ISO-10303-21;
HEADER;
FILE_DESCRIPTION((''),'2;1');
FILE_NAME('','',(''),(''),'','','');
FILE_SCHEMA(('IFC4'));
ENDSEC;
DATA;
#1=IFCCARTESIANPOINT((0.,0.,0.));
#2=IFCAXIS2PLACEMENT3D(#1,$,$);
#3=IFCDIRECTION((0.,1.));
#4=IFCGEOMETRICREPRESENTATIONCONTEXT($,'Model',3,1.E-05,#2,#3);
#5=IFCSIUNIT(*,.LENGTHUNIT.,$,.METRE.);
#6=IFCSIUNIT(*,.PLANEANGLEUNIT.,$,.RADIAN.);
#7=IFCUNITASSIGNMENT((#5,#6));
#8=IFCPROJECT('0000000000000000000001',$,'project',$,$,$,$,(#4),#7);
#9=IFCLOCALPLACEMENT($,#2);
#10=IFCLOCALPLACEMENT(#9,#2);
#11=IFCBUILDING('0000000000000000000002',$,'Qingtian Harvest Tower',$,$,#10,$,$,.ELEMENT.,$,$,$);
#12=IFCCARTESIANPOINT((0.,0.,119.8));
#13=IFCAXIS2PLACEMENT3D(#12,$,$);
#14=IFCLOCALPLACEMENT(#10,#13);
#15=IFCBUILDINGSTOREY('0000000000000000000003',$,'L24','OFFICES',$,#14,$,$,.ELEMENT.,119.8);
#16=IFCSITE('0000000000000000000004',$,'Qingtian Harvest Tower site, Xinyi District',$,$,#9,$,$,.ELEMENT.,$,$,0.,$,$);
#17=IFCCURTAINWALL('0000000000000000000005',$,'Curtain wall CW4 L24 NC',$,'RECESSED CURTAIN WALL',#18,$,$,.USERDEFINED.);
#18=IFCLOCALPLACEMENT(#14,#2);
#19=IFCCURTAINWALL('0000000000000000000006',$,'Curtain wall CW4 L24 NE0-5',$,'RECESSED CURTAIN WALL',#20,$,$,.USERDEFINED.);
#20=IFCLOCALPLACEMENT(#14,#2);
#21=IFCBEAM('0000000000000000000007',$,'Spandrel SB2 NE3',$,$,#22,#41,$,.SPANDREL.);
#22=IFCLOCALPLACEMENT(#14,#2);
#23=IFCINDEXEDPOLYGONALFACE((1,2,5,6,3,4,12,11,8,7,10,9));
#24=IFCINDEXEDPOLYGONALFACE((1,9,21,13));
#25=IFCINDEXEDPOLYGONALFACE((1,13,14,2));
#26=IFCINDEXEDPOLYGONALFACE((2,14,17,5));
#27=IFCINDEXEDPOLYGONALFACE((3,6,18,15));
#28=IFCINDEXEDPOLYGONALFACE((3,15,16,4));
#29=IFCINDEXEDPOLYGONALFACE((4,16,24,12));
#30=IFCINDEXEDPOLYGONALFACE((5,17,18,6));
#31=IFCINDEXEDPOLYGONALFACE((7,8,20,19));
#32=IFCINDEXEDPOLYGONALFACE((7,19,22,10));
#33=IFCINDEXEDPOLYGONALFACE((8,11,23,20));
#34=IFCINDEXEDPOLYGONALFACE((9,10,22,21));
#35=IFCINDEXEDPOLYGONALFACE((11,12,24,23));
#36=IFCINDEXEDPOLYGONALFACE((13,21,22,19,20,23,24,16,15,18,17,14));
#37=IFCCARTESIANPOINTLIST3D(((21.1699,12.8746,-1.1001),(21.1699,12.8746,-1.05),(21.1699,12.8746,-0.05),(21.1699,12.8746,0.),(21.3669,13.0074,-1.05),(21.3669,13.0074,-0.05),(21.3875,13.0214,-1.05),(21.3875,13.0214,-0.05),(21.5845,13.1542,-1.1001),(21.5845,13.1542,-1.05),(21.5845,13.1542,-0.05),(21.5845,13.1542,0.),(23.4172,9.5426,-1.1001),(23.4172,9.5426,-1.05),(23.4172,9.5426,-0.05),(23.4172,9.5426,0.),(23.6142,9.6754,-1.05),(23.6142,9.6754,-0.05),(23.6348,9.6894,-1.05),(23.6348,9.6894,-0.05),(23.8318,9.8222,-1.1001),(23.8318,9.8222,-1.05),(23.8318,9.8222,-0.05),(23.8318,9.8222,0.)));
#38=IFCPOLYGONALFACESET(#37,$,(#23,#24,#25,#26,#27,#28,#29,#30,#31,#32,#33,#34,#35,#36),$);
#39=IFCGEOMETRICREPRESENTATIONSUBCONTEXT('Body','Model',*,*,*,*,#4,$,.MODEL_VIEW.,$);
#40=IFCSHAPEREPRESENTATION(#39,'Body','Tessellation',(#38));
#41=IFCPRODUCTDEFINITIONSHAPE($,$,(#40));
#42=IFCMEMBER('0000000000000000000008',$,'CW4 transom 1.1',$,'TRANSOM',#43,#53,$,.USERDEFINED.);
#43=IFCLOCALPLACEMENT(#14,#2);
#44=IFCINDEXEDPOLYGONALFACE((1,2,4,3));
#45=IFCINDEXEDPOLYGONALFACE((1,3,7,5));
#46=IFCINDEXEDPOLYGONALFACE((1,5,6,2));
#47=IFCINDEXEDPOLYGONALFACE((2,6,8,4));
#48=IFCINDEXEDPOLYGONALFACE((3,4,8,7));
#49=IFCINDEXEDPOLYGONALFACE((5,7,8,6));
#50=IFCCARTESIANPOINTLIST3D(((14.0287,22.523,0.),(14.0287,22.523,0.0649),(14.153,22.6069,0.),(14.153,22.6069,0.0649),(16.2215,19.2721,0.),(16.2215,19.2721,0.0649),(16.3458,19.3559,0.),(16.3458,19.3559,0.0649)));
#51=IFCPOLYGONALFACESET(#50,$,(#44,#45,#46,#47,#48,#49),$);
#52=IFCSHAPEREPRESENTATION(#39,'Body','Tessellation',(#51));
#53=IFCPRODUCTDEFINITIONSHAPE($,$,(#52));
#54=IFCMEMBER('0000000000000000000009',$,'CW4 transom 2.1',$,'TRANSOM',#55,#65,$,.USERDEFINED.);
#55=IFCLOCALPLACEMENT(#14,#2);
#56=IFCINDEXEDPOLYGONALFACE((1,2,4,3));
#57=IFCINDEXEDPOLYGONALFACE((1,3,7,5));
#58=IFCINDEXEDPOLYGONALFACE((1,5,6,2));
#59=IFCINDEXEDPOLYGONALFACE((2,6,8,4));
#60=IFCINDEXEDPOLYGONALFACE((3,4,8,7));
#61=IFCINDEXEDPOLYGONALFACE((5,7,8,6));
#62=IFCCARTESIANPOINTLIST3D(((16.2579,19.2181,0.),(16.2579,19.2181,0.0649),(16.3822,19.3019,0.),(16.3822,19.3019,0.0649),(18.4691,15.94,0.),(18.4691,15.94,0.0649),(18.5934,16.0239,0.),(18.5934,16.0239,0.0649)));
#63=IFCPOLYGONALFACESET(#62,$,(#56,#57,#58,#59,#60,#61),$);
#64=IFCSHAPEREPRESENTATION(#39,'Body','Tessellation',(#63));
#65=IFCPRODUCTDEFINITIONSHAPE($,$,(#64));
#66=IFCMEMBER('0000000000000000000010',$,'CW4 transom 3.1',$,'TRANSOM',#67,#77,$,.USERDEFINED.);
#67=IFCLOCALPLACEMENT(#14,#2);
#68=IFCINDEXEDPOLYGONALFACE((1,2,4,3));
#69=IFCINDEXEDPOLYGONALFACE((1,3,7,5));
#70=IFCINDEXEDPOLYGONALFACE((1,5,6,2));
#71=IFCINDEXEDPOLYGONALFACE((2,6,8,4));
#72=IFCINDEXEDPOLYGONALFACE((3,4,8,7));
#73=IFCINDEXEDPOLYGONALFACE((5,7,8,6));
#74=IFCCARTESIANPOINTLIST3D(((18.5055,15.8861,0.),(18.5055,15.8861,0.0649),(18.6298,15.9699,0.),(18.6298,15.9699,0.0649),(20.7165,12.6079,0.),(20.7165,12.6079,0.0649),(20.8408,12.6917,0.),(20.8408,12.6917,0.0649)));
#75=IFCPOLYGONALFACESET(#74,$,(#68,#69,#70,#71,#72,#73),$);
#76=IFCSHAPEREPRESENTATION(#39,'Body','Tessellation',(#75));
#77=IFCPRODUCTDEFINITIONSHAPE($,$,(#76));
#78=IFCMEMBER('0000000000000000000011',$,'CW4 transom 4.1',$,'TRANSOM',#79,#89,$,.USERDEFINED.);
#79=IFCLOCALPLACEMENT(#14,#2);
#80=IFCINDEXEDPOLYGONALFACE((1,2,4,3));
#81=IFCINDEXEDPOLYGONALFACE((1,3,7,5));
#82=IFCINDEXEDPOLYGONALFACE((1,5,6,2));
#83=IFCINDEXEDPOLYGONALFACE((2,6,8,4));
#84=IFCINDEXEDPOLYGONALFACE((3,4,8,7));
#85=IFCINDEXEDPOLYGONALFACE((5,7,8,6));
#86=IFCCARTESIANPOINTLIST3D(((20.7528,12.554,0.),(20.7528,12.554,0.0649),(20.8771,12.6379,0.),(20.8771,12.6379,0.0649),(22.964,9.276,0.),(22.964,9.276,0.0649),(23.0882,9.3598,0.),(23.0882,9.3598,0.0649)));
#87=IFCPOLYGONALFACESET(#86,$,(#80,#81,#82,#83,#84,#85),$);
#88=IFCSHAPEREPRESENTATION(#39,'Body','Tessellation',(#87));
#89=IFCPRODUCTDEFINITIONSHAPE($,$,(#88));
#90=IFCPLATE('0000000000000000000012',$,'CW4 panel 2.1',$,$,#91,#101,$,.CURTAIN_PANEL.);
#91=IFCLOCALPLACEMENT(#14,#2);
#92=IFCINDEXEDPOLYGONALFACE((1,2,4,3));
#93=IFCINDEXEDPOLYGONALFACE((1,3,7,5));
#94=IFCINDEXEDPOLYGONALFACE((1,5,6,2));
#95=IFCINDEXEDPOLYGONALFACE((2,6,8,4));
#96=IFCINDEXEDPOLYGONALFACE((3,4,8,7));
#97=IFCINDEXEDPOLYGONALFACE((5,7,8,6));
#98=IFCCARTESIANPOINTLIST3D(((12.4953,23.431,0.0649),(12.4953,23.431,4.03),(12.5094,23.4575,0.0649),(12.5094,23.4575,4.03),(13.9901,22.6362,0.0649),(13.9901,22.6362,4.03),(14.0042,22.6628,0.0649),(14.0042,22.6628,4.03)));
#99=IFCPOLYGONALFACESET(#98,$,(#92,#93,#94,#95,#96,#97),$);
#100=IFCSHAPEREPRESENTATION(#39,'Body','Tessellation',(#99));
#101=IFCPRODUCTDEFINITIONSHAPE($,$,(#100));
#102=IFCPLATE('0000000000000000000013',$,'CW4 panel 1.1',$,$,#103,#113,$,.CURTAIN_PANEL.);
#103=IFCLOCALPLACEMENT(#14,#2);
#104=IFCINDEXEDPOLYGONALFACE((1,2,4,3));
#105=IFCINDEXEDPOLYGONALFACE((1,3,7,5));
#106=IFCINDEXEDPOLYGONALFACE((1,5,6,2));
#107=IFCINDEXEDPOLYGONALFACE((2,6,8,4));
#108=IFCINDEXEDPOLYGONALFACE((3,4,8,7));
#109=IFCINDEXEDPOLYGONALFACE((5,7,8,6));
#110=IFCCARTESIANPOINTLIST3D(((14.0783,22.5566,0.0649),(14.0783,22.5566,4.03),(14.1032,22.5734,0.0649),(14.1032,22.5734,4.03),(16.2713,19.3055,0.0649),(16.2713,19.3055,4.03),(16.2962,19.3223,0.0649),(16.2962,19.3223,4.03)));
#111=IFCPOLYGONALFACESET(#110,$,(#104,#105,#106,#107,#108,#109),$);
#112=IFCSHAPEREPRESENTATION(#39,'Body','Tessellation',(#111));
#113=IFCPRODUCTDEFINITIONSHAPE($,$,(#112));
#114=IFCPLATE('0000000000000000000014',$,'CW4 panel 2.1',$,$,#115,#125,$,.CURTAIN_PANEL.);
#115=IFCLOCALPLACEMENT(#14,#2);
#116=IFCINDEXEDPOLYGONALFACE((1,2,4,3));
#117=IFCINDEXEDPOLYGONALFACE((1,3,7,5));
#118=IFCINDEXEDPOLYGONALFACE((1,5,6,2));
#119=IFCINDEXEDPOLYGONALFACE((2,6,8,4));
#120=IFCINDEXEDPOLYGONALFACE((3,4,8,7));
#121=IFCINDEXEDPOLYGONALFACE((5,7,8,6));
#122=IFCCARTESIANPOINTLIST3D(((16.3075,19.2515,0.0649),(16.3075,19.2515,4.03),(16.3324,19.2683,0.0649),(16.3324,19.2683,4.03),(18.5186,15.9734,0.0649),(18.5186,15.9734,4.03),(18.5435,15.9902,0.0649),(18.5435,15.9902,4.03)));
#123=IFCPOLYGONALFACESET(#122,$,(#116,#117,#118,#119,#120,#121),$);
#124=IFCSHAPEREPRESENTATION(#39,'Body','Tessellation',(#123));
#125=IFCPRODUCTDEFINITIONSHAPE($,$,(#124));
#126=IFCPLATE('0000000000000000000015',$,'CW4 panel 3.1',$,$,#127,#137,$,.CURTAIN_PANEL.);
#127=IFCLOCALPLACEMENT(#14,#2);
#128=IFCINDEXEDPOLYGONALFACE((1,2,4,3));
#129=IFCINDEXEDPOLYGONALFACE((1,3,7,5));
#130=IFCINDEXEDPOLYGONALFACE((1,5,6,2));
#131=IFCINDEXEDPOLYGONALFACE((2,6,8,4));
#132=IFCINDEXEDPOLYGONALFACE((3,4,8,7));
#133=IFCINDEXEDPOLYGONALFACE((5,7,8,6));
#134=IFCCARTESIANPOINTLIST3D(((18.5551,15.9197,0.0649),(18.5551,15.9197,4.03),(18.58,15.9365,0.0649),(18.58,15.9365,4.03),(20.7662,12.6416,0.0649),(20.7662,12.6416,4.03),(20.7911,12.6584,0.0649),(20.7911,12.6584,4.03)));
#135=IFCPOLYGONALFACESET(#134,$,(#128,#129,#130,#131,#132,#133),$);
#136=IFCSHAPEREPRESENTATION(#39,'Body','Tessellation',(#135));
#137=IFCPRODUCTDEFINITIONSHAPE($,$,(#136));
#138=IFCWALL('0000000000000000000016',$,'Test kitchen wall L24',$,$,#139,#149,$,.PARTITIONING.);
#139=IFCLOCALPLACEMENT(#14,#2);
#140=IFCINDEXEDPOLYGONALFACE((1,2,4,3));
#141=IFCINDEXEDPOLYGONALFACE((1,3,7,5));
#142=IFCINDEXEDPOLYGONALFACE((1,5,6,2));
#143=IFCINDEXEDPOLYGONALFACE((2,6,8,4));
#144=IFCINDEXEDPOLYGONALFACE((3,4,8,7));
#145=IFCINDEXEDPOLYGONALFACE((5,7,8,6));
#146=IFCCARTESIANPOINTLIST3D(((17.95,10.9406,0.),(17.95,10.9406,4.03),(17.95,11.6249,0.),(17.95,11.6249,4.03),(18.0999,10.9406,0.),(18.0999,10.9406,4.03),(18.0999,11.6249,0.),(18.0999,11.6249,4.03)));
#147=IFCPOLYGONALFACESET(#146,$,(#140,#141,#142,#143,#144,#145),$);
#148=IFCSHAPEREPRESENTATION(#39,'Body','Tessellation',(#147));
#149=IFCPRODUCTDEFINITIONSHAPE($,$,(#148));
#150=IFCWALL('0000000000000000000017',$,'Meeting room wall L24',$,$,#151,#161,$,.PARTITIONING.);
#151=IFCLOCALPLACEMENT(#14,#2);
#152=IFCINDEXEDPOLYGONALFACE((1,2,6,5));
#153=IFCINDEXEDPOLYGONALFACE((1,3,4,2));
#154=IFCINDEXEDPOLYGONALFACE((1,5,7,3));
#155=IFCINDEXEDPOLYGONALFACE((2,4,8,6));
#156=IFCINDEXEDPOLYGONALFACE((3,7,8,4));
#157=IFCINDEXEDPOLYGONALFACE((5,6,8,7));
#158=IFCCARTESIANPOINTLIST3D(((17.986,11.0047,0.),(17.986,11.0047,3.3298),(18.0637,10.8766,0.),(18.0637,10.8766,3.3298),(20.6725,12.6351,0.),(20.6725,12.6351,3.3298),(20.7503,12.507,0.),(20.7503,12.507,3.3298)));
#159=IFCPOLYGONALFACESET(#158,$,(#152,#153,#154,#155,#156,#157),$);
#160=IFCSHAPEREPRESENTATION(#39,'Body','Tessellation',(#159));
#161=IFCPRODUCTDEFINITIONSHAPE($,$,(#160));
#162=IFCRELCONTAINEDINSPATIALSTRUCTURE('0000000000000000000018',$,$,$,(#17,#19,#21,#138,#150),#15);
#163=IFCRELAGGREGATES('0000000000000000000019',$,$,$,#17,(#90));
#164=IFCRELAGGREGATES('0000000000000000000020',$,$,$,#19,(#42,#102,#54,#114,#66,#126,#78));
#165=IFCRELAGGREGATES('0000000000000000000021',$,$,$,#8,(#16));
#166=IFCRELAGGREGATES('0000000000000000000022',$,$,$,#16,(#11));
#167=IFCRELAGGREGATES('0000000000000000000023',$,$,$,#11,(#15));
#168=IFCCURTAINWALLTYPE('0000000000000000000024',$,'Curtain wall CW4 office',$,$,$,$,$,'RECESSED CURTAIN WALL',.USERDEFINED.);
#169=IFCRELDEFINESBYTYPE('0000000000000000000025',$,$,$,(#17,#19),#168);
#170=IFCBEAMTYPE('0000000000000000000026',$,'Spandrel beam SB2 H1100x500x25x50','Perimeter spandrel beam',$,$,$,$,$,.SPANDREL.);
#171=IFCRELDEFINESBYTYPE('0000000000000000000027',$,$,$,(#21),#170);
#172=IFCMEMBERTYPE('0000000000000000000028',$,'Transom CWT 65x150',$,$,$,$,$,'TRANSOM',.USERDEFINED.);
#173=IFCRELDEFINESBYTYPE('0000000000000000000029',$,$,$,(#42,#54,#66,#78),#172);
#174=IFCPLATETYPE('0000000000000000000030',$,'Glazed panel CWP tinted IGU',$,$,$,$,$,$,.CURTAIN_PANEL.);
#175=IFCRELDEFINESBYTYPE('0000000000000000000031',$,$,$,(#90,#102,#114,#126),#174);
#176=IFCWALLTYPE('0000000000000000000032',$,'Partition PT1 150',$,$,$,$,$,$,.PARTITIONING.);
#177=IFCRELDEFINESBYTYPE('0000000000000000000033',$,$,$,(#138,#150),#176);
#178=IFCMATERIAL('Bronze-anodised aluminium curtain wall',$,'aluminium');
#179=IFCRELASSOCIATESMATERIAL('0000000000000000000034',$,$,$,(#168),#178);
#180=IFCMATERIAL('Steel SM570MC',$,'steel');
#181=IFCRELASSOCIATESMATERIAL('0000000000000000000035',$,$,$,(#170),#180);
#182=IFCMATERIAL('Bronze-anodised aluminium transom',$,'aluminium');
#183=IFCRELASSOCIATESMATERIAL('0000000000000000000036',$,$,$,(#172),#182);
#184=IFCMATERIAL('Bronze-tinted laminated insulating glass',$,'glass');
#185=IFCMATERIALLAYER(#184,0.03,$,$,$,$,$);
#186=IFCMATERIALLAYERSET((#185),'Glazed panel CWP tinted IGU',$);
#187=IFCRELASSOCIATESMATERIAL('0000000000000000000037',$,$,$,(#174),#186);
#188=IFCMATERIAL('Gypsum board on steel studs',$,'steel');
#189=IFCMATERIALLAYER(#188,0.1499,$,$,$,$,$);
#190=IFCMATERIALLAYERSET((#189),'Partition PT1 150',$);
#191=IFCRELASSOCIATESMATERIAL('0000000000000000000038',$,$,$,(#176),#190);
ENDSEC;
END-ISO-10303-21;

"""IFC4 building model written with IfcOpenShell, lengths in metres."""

from ifc_helpers import new_model, si_unit, direction, frame, frame_2d, origin, origin_2d, place, context, subcontext, project, spatial, rectangle, i_section, extrude, material, layer, layer_set, material_profile, profile_set, type_object, element, aggregate, save


model = new_model("IFC4")

# Units and contexts
model_context = context("Model", 3, precision=1e-05, world=origin(), true_north=direction((0.0, 1.0)))
body_context = subcontext(model_context, "Body", "Model", "MODEL_VIEW")
ifc_project = project(units=[si_unit("LENGTHUNIT", "METRE"), si_unit("PLANEANGLEUNIT", "RADIAN")], contexts=[model_context])

# Site, building, storey
site_placement = place(None, origin())
site = spatial("IfcSite", under=ifc_project, at=site_placement, Name="Qingtian Harvest Tower site, Xinyi District", CompositionType="ELEMENT", RefElevation=0.0)
building_placement = place(site_placement, origin())
building = spatial("IfcBuilding", under=site, at=building_placement, Name="Qingtian Harvest Tower", CompositionType="ELEMENT")
storey_placement = place(building_placement, frame((0.0, 0.0, 119.8)))
storey = spatial("IfcBuildingStorey", under=building, at=storey_placement, Name="L24", Description="OFFICES", CompositionType="ELEMENT", Elevation=119.8)

# Curtain wall
ifc_material_1 = material(Name="Bronze-anodised aluminium curtain wall", Category="aluminium")
curtain_wall_type = type_object("IfcCurtainWallType", Name="Curtain wall CW4 office", ElementType="RECESSED CURTAIN WALL", PredefinedType="USERDEFINED", material=ifc_material_1)
curtain_wall_1_placement = place(storey_placement, origin())
curtain_wall_1 = element("IfcCurtainWall", 1, at=curtain_wall_1_placement, inside=storey, type_object=curtain_wall_type, Name="Curtain wall CW4 L24 NC", ObjectType="RECESSED CURTAIN WALL", PredefinedType="USERDEFINED")

# Curtain wall
curtain_wall_2_placement = place(storey_placement, origin())
curtain_wall_2 = element("IfcCurtainWall", 2, at=curtain_wall_2_placement, inside=storey, type_object=curtain_wall_type, Name="Curtain wall CW4 L24 NE0-5", ObjectType="RECESSED CURTAIN WALL", PredefinedType="USERDEFINED")

# Beam
ifc_material_2 = material(Name="Steel SM570MC", Category="steel")
ifc_material_profile_1 = material_profile(ifc_material_2, i_section(OverallWidth=0.5, OverallDepth=1.1001, WebThickness=0.0249, FlangeThickness=0.05, at=origin_2d()), Name="H1100x500x25x50")
ifc_profile_set_1 = profile_set([ifc_material_profile_1], Name="Steel SM570MC")
beam_type_1 = type_object("IfcBeamType", Name="Spandrel beam SB2 H1100x500x25x50", Description="Perimeter spandrel beam", PredefinedType="SPANDREL", material=ifc_profile_set_1)
beam_1_placement = place(storey_placement, frame((21.3772, 13.0144, -0.55), z_axis=(0.559164, -0.829057, 0.0), x_axis=(0.829057, 0.559164, 0.0)))
element("IfcBeam", 3, at=beam_1_placement, inside=storey, type_object=beam_type_1, Name="Spandrel SB2 NE3", PredefinedType="SPANDREL", context=body_context, shape_type="SweptSolid", body=[
    extrude(i_section(OverallWidth=0.5, OverallDepth=1.1001, WebThickness=0.0249, FlangeThickness=0.05, at=origin_2d()), origin(), (0.0, 0.0, 1.0), 4.019),
])

# Members
ifc_material_3 = material(Name="Bronze-anodised aluminium transom", Category="aluminium")
ifc_material_profile_2 = material_profile(ifc_material_3, rectangle(XDim=0.1499, YDim=0.0649, at=origin_2d()), Name="AL 65x150")
ifc_profile_set_2 = profile_set([ifc_material_profile_2], Name="Bronze-anodised aluminium transom")
member_type_1 = type_object("IfcMemberType", Name="Transom CWT 65x150", ElementType="TRANSOM", PredefinedType="USERDEFINED", material=ifc_profile_set_2)
member_1_placement = place(storey_placement, frame((14.0908, 22.5649, 0.0325), z_axis=(0.559203, -0.829031, 0.0), x_axis=(0.829031, 0.559203, 0.0)))
member_1 = element("IfcMember", 4, at=member_1_placement, type_object=member_type_1, Name="CW4 transom 1.1", ObjectType="TRANSOM", PredefinedType="USERDEFINED", context=body_context, shape_type="SweptSolid", body=[
    extrude(rectangle(XDim=0.1499, YDim=0.0649, at=origin_2d()), origin(), (0.0, 0.0, 1.0), 3.9214),
])
member_2_placement = place(storey_placement, frame((16.3201, 19.26, 0.0325), z_axis=(0.559209, -0.829027, 0.0), x_axis=(0.829027, 0.559209, 0.0)))
member_2 = element("IfcMember", 5, at=member_2_placement, type_object=member_type_1, Name="CW4 transom 2.1", ObjectType="TRANSOM", PredefinedType="USERDEFINED", context=body_context, shape_type="SweptSolid", body=[
    extrude(rectangle(XDim=0.1499, YDim=0.0649, at=origin_2d()), origin(), (0.0, 0.0, 1.0), 3.9541),
])
member_3_placement = place(storey_placement, frame((18.5676, 15.928, 0.0325), z_axis=(0.559166, -0.829055, 0.0), x_axis=(0.829055, 0.559166, 0.0)))
member_3 = element("IfcMember", 6, at=member_3_placement, type_object=member_type_1, Name="CW4 transom 3.1", ObjectType="TRANSOM", PredefinedType="USERDEFINED", context=body_context, shape_type="SweptSolid", body=[
    extrude(rectangle(XDim=0.1499, YDim=0.0649, at=origin_2d()), origin(), (0.0, 0.0, 1.0), 3.9541),
])
member_4_placement = place(storey_placement, frame((20.8149, 12.5959, 0.0325), z_axis=(0.559209, -0.829027, 0.0), x_axis=(0.829027, 0.559209, 0.0)))
member_4 = element("IfcMember", 7, at=member_4_placement, type_object=member_type_1, Name="CW4 transom 4.1", ObjectType="TRANSOM", PredefinedType="USERDEFINED", context=body_context, shape_type="SweptSolid", body=[
    extrude(rectangle(XDim=0.1499, YDim=0.0649, at=origin_2d()), origin(), (0.0, 0.0, 1.0), 3.9541),
])

# Plates
ifc_material_4 = material(Name="Bronze-tinted laminated insulating glass", Category="glass")
ifc_layer_1 = layer(ifc_material_4, 0.03)
ifc_layer_set_1 = layer_set([ifc_layer_1], Name="Glazed panel CWP tinted IGU")
plate_type = type_object("IfcPlateType", Name="Glazed panel CWP tinted IGU", PredefinedType="CURTAIN_PANEL", material=ifc_layer_set_1)
plate_1_placement = place(storey_placement, frame((13.2498, 23.0469, 0.0649), z_axis=(0.0, 0.0, 1.0), x_axis=(0.882948, -0.469472, 0.0)))
plate_1 = element("IfcPlate", 8, at=plate_1_placement, type_object=plate_type, Name="CW4 panel 2.1", PredefinedType="CURTAIN_PANEL", context=body_context, shape_type="SweptSolid", body=[
    extrude(rectangle(XDim=1.6929, YDim=0.03, at=origin_2d()), origin(), (0.0, 0.0, 1.0), 3.9651),
])
aggregate(curtain_wall_1, [plate_1])
plate_2_placement = place(storey_placement, frame((15.1873, 20.9395, 0.0649), z_axis=(0.0, 0.0, 1.0), x_axis=(0.559193, -0.829038, 0.0)))
plate_2 = element("IfcPlate", 9, at=plate_2_placement, type_object=plate_type, Name="CW4 panel 1.1", PredefinedType="CURTAIN_PANEL", context=body_context, shape_type="SweptSolid", body=[
    extrude(rectangle(XDim=3.9216, YDim=0.03, at=origin_2d()), origin(), (0.0, 0.0, 1.0), 3.9651),
])
plate_3_placement = place(storey_placement, frame((17.4255, 17.6208, 0.0649), z_axis=(0.0, 0.0, 1.0), x_axis=(0.559193, -0.829038, 0.0)))
plate_3 = element("IfcPlate", 10, at=plate_3_placement, type_object=plate_type, Name="CW4 panel 2.1", PredefinedType="CURTAIN_PANEL", context=body_context, shape_type="SweptSolid", body=[
    extrude(rectangle(XDim=3.9541, YDim=0.03, at=origin_2d()), origin(), (0.0, 0.0, 1.0), 3.9651),
])
plate_4_placement = place(storey_placement, frame((19.6731, 14.2891, 0.0649), z_axis=(0.0, 0.0, 1.0), x_axis=(0.559193, -0.829038, 0.0)))
plate_4 = element("IfcPlate", 11, at=plate_4_placement, type_object=plate_type, Name="CW4 panel 3.1", PredefinedType="CURTAIN_PANEL", context=body_context, shape_type="SweptSolid", body=[
    extrude(rectangle(XDim=3.9541, YDim=0.03, at=origin_2d()), origin(), (0.0, 0.0, 1.0), 3.9651),
])
aggregate(curtain_wall_2, [member_1, plate_2, member_2, plate_3, member_3, plate_4, member_4])

# Walls
ifc_material_5 = material(Name="Gypsum board on steel studs", Category="steel")
ifc_layer_2 = layer(ifc_material_5, 0.1499)
ifc_layer_set_2 = layer_set([ifc_layer_2], Name="Partition PT1 150")
wall_type = type_object("IfcWallType", Name="Partition PT1 150", PredefinedType="PARTITIONING", material=ifc_layer_set_2)
wall_1_placement = place(storey_placement, frame((18.0249, 11.625, 0.0), z_axis=(0.0, 0.0, 1.0), x_axis=(0.0, -1.0, 0.0)))
element("IfcWall", 12, at=wall_1_placement, inside=storey, type_object=wall_type, Name="Test kitchen wall L24", PredefinedType="PARTITIONING", context=body_context, shape_type="SweptSolid", body=[
    extrude(rectangle(XDim=0.6843, YDim=0.1499, at=frame_2d((0.3423, 0.0))), origin(), (0.0, 0.0, 1.0), 4.03),
])
wall_2_placement = place(storey_placement, frame((20.7114, 12.571, 0.0), z_axis=(0.0, 0.0, 1.0), x_axis=(-0.854891, -0.518808, 0.0)))
element("IfcWall", 13, at=wall_2_placement, inside=storey, type_object=wall_type, Name="Meeting room wall L24", PredefinedType="PARTITIONING", context=body_context, shape_type="SweptSolid", body=[
    extrude(rectangle(XDim=3.1426, YDim=0.1499, at=frame_2d((1.5713, 0.0))), origin(), (0.0, 0.0, 1.0), 3.3298),
])

save(model, "model.ifc")
